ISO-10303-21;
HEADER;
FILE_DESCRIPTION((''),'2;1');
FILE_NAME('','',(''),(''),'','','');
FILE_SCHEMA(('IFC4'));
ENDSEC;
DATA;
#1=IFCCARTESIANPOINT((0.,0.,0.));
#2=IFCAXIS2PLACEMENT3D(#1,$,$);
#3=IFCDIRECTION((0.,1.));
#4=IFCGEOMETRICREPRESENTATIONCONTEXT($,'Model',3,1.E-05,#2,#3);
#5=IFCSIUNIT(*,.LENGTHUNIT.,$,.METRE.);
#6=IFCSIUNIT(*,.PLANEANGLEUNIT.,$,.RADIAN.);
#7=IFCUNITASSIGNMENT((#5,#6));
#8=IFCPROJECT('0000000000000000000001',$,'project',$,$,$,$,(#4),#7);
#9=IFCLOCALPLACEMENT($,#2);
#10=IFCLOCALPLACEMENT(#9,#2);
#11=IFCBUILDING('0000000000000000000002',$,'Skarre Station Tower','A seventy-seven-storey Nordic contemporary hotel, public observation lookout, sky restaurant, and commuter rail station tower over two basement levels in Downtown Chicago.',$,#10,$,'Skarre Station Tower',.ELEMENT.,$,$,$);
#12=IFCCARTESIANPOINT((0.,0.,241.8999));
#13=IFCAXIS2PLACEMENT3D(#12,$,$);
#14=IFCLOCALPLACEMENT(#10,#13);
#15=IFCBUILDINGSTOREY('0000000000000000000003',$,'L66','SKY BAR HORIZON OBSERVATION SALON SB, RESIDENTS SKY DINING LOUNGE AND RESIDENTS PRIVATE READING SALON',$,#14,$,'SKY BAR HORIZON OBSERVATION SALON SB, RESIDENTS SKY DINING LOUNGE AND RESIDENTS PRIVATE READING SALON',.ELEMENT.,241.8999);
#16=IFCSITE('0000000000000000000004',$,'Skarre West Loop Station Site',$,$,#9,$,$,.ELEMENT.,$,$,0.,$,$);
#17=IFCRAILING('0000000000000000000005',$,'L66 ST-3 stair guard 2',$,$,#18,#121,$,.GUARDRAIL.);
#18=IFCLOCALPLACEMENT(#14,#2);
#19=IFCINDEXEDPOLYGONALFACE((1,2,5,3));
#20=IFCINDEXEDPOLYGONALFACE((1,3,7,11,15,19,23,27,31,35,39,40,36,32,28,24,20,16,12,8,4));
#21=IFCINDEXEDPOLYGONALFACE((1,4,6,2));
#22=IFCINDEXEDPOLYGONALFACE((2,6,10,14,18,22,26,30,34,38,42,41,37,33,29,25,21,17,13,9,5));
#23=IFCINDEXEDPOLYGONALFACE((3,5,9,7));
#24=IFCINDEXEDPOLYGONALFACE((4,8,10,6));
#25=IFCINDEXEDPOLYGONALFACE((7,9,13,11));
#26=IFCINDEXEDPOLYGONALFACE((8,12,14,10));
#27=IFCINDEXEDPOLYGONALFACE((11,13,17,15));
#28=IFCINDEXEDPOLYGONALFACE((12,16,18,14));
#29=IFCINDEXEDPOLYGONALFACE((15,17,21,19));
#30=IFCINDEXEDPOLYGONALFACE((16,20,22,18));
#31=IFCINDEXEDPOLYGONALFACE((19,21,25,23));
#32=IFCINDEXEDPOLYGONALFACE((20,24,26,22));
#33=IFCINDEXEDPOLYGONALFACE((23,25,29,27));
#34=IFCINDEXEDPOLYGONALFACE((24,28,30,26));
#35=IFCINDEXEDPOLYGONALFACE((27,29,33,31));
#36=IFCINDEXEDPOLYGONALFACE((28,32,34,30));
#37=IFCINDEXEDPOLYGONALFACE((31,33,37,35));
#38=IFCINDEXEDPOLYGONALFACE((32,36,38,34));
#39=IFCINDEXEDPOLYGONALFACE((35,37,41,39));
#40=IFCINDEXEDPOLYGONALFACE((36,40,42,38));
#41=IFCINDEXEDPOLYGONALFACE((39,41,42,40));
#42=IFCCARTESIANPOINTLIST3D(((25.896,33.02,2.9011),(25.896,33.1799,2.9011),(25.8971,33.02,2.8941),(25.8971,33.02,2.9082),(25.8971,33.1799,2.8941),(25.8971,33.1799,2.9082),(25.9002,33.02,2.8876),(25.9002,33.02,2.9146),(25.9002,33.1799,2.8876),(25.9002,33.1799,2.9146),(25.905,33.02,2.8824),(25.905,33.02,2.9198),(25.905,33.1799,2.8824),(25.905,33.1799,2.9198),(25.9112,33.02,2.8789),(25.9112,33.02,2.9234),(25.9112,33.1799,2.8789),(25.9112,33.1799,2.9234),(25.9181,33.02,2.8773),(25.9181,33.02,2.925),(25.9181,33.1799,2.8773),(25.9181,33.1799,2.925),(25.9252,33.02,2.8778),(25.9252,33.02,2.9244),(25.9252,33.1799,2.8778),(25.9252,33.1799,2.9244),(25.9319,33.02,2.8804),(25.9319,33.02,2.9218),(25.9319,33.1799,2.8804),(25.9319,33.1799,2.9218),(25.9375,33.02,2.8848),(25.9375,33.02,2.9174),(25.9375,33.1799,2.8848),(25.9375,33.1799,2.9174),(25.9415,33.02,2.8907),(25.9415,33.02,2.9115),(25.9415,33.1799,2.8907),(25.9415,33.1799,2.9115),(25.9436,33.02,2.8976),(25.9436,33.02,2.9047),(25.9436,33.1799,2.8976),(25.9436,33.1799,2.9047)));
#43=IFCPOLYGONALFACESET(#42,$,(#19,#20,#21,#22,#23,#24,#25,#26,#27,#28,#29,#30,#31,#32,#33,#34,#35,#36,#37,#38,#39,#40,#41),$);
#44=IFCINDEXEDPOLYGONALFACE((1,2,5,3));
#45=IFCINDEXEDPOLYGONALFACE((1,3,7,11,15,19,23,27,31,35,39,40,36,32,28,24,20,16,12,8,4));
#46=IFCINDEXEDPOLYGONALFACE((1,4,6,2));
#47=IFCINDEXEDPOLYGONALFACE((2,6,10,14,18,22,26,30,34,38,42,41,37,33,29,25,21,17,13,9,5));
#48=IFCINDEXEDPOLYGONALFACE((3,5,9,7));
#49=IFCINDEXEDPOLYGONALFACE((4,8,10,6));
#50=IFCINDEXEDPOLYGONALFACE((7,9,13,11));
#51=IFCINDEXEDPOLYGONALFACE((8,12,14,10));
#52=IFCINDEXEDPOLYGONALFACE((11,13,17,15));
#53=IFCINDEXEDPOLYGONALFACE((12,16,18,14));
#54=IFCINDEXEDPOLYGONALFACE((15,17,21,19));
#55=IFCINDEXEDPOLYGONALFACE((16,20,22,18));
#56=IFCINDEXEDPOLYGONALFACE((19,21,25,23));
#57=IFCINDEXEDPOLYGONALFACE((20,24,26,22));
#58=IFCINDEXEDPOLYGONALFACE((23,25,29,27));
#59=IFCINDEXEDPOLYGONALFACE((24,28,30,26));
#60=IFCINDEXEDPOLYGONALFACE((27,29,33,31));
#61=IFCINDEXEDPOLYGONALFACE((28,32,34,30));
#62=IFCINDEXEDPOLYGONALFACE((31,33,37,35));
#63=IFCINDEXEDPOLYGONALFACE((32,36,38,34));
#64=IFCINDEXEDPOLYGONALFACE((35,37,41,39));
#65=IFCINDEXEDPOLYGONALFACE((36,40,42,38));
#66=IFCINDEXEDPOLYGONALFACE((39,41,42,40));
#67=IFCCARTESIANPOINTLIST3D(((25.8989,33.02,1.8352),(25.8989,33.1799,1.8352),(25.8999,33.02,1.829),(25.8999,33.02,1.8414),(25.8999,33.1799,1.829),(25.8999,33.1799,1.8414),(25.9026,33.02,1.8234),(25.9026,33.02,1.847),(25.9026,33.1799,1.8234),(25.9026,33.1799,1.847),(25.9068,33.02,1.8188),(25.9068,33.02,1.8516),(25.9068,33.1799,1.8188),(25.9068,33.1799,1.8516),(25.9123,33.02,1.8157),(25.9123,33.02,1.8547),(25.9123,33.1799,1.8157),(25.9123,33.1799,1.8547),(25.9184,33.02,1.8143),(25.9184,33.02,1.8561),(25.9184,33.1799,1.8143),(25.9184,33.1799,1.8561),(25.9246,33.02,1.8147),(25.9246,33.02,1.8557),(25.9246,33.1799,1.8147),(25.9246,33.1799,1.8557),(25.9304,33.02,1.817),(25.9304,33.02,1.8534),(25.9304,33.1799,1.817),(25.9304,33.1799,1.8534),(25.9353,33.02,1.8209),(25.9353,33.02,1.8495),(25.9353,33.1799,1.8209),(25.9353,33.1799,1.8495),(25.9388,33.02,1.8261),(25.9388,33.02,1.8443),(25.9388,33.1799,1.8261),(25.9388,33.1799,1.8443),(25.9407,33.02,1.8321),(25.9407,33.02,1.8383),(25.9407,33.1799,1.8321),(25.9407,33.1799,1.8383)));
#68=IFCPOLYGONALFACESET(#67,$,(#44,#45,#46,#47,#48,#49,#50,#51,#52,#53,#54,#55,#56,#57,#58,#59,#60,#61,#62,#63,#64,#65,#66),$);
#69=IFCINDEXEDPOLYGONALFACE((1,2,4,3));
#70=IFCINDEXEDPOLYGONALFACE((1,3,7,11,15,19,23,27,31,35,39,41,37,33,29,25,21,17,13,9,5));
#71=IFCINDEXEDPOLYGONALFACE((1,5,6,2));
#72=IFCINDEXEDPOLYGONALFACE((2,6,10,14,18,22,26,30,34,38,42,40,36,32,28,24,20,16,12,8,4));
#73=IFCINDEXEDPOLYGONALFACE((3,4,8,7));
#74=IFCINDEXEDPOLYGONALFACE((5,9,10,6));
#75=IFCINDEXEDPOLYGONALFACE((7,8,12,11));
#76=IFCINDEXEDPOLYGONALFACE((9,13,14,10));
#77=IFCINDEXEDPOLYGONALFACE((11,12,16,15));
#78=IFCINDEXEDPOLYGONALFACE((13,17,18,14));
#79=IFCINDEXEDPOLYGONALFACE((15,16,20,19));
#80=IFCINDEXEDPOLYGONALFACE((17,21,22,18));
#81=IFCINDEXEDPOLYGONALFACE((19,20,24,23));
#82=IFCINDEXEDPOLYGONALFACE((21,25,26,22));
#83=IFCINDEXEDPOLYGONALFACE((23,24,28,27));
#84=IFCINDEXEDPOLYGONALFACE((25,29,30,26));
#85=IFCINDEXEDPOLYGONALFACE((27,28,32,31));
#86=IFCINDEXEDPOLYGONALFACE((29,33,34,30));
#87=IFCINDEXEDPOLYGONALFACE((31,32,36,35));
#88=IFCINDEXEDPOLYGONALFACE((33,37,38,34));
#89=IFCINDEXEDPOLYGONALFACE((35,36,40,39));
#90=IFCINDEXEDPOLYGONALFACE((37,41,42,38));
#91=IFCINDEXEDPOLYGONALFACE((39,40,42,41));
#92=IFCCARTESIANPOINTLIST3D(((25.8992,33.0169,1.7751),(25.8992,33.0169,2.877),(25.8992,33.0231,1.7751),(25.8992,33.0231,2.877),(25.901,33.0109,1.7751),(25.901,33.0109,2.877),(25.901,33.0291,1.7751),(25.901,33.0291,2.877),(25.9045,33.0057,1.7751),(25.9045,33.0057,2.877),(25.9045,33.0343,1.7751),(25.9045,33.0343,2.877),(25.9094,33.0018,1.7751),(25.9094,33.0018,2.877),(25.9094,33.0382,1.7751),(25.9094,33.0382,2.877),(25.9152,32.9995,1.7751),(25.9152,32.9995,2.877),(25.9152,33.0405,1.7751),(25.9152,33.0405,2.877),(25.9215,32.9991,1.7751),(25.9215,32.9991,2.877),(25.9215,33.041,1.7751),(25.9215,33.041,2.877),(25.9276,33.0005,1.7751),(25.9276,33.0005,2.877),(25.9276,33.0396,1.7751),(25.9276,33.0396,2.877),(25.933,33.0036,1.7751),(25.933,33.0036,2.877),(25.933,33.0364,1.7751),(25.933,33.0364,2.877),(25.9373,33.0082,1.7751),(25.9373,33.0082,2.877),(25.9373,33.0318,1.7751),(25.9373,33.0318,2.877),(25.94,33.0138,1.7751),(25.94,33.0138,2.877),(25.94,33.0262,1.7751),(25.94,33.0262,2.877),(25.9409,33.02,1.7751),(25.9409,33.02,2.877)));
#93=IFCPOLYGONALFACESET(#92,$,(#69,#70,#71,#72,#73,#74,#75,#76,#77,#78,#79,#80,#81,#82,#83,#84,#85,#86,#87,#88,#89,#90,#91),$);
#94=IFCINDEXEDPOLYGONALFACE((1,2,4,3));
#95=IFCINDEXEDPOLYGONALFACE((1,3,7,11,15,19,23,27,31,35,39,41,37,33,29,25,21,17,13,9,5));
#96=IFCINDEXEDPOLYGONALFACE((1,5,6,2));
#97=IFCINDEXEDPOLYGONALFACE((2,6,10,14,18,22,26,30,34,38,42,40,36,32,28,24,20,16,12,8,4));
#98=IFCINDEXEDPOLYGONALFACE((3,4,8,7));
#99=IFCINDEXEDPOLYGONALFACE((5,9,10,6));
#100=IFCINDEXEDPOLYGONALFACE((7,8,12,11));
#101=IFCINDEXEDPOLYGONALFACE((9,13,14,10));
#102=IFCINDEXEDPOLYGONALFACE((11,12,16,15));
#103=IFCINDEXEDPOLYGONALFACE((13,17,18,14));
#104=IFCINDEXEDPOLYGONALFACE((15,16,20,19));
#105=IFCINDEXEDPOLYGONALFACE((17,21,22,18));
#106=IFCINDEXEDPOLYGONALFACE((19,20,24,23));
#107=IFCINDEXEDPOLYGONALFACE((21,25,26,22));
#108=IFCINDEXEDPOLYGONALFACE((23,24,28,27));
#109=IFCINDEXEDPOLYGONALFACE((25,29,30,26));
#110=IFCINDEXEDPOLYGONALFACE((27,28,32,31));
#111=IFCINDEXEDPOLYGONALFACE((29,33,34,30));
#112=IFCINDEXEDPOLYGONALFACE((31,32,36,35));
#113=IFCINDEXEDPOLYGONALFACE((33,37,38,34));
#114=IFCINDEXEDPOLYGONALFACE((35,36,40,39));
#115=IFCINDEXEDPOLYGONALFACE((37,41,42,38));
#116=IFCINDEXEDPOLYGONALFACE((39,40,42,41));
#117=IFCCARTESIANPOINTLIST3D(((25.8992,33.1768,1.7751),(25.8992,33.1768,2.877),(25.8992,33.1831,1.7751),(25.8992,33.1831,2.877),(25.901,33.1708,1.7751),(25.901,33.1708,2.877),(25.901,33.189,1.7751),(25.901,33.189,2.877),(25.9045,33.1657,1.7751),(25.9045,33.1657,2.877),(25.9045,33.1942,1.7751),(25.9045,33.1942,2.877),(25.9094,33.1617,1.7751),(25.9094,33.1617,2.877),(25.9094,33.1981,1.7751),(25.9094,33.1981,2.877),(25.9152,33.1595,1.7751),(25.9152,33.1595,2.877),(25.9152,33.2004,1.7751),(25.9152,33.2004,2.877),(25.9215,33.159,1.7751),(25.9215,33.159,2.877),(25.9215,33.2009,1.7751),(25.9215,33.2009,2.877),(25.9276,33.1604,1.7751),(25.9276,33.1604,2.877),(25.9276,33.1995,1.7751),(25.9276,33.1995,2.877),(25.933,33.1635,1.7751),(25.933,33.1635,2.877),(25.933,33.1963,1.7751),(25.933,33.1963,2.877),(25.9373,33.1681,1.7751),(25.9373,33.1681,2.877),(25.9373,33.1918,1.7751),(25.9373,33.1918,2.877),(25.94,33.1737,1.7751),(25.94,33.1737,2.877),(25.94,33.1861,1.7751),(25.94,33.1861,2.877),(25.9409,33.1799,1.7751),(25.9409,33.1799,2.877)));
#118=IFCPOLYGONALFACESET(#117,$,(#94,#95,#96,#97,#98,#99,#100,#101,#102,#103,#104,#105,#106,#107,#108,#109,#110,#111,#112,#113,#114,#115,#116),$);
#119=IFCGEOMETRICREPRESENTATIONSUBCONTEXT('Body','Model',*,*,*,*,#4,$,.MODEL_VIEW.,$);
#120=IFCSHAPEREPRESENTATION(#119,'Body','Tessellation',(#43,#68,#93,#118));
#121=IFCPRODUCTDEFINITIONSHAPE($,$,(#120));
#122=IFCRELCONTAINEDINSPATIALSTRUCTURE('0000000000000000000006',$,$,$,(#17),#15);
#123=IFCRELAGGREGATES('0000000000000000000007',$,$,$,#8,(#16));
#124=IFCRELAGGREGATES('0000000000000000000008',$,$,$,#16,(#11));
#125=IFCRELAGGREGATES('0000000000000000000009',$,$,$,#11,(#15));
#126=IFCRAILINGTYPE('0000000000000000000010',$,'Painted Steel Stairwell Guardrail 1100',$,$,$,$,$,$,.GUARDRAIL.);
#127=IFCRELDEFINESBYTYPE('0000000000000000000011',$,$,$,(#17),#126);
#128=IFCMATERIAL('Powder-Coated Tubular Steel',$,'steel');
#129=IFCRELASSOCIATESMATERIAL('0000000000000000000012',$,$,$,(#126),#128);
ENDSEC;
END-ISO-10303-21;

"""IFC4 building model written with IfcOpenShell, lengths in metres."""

from ifc_helpers import new_model, si_unit, direction, frame, origin, origin_2d, place, context, subcontext, project, spatial, circle, extrude, material, type_object, element, save


model = new_model("IFC4")

# Units and contexts
model_context = context("Model", 3, precision=1e-05, world=origin(), true_north=direction((0.0, 1.0)))
body_context = subcontext(model_context, "Body", "Model", "MODEL_VIEW")
ifc_project = project(units=[si_unit("LENGTHUNIT", "METRE"), si_unit("PLANEANGLEUNIT", "RADIAN")], contexts=[model_context])

# Site, building, storey
site_placement = place(None, origin())
site = spatial("IfcSite", under=ifc_project, at=site_placement, Name="Skarre West Loop Station Site", CompositionType="ELEMENT", RefElevation=0.0)
building_placement = place(site_placement, origin())
building = spatial("IfcBuilding", under=site, at=building_placement, Name="Skarre Station Tower", Description="A seventy-seven-storey Nordic contemporary hotel, public observation lookout, sky restaurant, and commuter rail station tower over two basement levels in Downtown Chicago.", LongName="Skarre Station Tower", CompositionType="ELEMENT")
storey_placement = place(building_placement, frame((0.0, 0.0, 241.8999)))
storey = spatial("IfcBuildingStorey", under=building, at=storey_placement, Name="L66", Description="SKY BAR HORIZON OBSERVATION SALON SB, RESIDENTS SKY DINING LOUNGE AND RESIDENTS PRIVATE READING SALON", LongName="SKY BAR HORIZON OBSERVATION SALON SB, RESIDENTS SKY DINING LOUNGE AND RESIDENTS PRIVATE READING SALON", CompositionType="ELEMENT", Elevation=241.8999)

# Railing
ifc_material_1 = material(Name="Powder-Coated Tubular Steel", Category="steel")
railing_type_1 = type_object("IfcRailingType", Name="Painted Steel Stairwell Guardrail 1100", PredefinedType="GUARDRAIL", material=ifc_material_1)
railing_1_placement = place(storey_placement, frame((25.9199, 33.02, 1.7751)))
element("IfcRailing", 1, at=railing_1_placement, inside=storey, type_object=railing_type_1, Name="L66 ST-3 stair guard 2", PredefinedType="GUARDRAIL", context=body_context, shape_type="SweptSolid", body=[
    extrude(circle(Radius=0.0239, at=origin_2d()), frame((0.0, 0.0, 1.126), z_axis=(0.0, 1.0, 0.0), x_axis=(-1.0, 0.0, 0.0)), (0.0, 0.0, 1.0), 0.1599),
    extrude(circle(Radius=0.021, at=origin_2d()), frame((0.0, 0.0, 0.0601), z_axis=(0.0, 1.0, 0.0), x_axis=(-1.0, 0.0, 0.0)), (0.0, 0.0, 1.0), 0.1599),
    extrude(circle(Radius=0.021, at=origin_2d()), origin(), (0.0, 0.0, 1.0), 1.1018),
    extrude(circle(Radius=0.021, at=origin_2d()), frame((0.0, 0.1599, 0.0)), (0.0, 0.0, 1.0), 1.1018),
])

save(model, "model.ifc")
